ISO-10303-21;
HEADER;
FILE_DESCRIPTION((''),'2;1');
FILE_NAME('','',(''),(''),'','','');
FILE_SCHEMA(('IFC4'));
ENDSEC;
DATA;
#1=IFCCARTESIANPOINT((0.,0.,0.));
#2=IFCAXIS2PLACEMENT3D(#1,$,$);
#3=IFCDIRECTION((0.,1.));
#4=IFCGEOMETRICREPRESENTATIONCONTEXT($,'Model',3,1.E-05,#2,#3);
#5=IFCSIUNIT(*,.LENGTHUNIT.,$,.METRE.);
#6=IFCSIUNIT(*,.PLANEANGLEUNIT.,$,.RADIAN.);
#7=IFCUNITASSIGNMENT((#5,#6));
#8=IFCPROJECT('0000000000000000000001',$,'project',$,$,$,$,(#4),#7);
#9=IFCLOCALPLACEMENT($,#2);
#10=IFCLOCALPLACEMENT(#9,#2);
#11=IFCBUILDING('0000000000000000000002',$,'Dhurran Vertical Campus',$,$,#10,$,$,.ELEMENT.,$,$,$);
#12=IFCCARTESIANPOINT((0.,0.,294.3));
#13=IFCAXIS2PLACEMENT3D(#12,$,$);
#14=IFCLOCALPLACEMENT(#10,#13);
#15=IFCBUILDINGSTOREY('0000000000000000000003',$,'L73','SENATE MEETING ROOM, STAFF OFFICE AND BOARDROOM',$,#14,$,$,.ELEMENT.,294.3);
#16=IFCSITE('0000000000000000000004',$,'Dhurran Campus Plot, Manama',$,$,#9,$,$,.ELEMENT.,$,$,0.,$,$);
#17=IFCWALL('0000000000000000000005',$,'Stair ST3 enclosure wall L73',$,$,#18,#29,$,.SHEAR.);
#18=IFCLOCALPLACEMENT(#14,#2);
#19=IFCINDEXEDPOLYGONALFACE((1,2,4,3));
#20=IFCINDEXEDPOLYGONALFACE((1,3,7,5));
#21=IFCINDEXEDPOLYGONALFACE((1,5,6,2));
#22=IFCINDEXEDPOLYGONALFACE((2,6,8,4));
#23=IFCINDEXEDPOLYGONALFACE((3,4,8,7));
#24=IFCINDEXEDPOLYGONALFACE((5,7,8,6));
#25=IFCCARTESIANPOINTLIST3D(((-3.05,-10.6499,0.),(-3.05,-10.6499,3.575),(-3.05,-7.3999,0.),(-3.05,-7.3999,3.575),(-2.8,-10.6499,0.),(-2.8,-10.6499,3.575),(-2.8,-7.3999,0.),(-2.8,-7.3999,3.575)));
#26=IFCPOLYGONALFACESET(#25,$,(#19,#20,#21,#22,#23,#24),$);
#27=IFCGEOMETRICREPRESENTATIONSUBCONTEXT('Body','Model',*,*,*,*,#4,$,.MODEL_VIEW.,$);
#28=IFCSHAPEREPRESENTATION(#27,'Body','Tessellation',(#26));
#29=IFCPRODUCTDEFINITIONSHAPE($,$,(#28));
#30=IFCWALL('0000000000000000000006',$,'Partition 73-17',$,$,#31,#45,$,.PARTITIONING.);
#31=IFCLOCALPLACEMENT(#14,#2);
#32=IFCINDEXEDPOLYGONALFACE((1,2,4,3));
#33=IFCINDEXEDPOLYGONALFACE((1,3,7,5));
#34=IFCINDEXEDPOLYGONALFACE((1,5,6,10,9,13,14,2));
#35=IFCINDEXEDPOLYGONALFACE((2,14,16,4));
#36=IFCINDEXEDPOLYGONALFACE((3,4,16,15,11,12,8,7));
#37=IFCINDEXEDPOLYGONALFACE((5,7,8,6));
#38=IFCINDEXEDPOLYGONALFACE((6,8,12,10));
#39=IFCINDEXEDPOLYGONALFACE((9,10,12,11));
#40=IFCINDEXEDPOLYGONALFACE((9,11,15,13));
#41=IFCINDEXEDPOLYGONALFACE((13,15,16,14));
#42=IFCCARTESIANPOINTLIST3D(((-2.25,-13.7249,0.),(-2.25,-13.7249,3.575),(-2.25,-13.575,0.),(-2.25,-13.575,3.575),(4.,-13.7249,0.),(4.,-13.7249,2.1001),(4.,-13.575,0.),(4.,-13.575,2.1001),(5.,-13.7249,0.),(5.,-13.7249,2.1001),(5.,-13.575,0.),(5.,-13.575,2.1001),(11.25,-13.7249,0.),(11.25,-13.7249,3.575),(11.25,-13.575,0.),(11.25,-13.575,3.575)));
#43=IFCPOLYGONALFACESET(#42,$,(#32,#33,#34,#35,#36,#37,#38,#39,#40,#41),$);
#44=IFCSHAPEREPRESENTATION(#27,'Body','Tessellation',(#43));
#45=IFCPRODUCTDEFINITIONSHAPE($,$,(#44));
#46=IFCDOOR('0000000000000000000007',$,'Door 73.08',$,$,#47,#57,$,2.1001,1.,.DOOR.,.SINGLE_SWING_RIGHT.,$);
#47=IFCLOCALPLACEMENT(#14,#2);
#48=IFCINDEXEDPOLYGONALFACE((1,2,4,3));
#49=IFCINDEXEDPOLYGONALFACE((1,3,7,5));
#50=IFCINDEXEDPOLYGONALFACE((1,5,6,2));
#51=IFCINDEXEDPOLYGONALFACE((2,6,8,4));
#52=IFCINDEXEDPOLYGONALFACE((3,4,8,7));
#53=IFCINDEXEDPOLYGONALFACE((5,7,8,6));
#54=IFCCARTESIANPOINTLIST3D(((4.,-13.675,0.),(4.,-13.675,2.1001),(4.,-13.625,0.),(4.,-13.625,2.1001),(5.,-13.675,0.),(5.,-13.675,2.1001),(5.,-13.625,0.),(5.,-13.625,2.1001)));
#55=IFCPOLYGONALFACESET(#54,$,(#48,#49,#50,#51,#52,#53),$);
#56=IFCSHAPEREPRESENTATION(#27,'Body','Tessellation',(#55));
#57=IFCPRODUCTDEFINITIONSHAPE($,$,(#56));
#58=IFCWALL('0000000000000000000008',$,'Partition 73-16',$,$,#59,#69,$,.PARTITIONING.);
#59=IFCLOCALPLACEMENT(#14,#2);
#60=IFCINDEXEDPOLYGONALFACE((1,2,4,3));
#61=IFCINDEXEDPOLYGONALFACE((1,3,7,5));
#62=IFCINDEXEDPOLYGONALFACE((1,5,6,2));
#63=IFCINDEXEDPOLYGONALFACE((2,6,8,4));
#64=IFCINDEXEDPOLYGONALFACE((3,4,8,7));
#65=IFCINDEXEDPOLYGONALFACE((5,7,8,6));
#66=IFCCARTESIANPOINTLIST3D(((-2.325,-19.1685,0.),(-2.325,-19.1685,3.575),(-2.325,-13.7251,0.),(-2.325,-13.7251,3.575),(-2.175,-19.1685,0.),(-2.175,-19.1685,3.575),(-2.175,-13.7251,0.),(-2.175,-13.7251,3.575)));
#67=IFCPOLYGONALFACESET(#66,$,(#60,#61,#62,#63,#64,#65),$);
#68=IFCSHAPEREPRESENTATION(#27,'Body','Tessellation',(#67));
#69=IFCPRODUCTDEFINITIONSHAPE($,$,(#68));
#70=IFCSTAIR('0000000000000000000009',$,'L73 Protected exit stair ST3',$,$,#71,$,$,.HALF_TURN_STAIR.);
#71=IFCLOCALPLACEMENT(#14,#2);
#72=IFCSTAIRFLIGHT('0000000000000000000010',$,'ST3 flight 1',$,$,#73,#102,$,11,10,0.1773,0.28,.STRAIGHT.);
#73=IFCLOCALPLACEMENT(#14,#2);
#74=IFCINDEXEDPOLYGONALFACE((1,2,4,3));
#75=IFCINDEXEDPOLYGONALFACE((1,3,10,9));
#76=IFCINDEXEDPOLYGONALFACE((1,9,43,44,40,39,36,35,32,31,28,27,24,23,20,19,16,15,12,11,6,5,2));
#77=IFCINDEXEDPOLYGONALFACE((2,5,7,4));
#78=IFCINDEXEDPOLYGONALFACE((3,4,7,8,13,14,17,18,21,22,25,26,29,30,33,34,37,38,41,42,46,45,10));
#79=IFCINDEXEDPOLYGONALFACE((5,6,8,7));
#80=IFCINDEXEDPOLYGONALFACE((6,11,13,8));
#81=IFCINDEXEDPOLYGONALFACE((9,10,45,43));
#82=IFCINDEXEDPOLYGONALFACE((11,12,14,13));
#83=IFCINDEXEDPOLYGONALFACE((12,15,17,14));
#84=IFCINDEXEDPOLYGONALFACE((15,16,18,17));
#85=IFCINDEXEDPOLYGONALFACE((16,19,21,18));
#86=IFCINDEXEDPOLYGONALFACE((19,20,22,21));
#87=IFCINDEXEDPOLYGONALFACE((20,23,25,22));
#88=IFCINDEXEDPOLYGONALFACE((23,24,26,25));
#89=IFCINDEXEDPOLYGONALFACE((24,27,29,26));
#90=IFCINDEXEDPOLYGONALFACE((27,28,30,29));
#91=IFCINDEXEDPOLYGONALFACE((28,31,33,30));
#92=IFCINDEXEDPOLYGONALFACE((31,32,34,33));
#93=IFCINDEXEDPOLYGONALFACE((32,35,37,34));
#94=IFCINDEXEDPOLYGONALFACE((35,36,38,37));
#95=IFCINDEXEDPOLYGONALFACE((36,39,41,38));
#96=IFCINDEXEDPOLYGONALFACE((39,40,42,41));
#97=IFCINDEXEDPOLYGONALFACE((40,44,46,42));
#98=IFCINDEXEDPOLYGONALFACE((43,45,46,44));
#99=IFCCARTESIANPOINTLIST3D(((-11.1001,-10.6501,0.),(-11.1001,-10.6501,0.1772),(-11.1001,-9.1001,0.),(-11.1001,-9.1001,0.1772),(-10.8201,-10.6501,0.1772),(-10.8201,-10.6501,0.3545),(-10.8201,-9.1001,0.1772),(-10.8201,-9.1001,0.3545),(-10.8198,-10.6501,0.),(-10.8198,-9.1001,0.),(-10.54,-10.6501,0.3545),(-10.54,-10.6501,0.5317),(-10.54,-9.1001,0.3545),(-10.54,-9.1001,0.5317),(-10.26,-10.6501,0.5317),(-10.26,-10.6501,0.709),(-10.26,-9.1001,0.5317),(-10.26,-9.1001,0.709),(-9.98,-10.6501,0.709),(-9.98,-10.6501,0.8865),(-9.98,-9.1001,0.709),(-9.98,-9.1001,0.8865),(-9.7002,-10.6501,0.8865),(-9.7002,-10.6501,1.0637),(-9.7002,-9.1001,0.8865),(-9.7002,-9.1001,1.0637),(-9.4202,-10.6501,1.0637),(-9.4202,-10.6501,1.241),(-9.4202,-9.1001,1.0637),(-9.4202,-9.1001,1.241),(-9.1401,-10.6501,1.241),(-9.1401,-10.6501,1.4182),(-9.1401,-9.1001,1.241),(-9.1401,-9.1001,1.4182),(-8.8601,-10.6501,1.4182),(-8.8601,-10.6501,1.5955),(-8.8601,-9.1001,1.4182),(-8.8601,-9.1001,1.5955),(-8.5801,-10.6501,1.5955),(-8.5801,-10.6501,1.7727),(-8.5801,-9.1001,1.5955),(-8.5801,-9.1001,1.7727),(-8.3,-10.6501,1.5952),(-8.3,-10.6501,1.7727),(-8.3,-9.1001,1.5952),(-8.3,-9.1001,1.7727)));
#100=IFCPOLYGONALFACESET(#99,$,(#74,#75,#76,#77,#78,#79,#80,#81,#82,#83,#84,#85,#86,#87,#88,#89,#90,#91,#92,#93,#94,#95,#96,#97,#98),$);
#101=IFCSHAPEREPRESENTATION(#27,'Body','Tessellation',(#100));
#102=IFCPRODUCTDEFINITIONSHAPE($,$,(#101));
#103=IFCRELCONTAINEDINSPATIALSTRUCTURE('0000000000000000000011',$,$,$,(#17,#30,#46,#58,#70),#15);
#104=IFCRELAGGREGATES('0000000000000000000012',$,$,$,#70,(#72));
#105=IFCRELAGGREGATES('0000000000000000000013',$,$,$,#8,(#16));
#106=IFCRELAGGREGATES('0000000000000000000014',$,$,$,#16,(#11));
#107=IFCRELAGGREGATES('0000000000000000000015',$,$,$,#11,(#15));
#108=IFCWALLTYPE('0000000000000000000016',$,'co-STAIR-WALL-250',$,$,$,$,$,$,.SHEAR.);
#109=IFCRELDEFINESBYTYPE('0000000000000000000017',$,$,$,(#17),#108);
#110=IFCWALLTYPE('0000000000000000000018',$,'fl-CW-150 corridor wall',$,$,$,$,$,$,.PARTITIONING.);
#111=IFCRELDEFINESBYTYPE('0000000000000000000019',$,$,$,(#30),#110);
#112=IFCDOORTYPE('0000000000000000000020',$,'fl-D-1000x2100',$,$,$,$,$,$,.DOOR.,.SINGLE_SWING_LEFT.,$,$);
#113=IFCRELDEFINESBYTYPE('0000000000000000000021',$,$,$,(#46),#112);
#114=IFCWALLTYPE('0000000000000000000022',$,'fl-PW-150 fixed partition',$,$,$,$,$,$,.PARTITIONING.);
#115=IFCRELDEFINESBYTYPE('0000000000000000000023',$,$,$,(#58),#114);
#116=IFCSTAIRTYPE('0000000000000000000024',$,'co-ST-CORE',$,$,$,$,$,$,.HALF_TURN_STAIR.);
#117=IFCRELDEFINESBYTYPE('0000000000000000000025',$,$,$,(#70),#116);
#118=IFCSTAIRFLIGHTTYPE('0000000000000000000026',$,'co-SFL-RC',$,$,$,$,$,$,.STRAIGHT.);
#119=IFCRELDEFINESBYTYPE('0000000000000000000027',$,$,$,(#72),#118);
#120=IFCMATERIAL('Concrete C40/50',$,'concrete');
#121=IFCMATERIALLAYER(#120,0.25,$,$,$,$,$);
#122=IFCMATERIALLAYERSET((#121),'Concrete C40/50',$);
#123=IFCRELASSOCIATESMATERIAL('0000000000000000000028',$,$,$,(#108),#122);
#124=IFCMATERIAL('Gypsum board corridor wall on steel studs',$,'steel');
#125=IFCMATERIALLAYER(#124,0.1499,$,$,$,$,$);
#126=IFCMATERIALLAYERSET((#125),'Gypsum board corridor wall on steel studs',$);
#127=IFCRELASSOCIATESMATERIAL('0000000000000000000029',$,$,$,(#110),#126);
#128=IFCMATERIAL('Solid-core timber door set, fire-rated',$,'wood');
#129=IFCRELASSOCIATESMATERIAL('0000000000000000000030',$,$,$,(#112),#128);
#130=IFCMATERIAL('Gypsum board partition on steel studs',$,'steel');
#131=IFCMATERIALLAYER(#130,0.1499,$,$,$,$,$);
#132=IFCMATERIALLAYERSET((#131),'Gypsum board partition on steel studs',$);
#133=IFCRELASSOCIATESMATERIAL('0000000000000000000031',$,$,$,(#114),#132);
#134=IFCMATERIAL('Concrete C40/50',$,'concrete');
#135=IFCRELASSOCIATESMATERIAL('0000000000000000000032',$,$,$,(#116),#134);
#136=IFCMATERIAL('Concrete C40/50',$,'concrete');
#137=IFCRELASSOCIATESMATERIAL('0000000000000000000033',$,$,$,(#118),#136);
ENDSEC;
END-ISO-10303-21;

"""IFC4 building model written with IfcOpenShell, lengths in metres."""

from ifc_helpers import new_model, si_unit, direction, frame, frame_2d, origin, place, context, subcontext, project, spatial, polyline, rectangle, outline, extrude, material, layer, layer_set, type_object, element, fill, aggregate, save


model = new_model("IFC4")

# Units and contexts
model_context = context("Model", 3, precision=1e-05, world=origin(), true_north=direction((0.0, 1.0)))
body_context = subcontext(model_context, "Body", "Model", "MODEL_VIEW")
ifc_project = project(units=[si_unit("LENGTHUNIT", "METRE"), si_unit("PLANEANGLEUNIT", "RADIAN")], contexts=[model_context])

# Site, building, storey
site_placement = place(None, origin())
site = spatial("IfcSite", under=ifc_project, at=site_placement, Name="Dhurran Campus Plot, Manama", CompositionType="ELEMENT", RefElevation=0.0)
building_placement = place(site_placement, origin())
building = spatial("IfcBuilding", under=site, at=building_placement, Name="Dhurran Vertical Campus", CompositionType="ELEMENT")
storey_placement = place(building_placement, frame((0.0, 0.0, 294.3)))
storey = spatial("IfcBuildingStorey", under=building, at=storey_placement, Name="L73", Description="SENATE MEETING ROOM, STAFF OFFICE AND BOARDROOM", CompositionType="ELEMENT", Elevation=294.3)

# Wall
ifc_material_1 = material(Name="Concrete C40/50", Category="concrete")
ifc_layer_1 = layer(ifc_material_1, 0.25)
ifc_layer_set_1 = layer_set([ifc_layer_1], Name="Concrete C40/50")
wall_type_1 = type_object("IfcWallType", Name="co-STAIR-WALL-250", PredefinedType="SHEAR", material=ifc_layer_set_1)
wall_1_placement = place(storey_placement, frame((-2.925, -10.6499, 0.0), z_axis=(0.0, 0.0, 1.0), x_axis=(0.0, 1.0, 0.0)))
element("IfcWall", 1, at=wall_1_placement, inside=storey, type_object=wall_type_1, Name="Stair ST3 enclosure wall L73", PredefinedType="SHEAR", context=body_context, shape_type="SweptSolid", body=[
    extrude(rectangle(XDim=3.25, YDim=0.25, at=frame_2d((1.625, 0.0))), origin(), (0.0, 0.0, 1.0), 3.575),
])

# Wall, opening, door
ifc_material_2 = material(Name="Gypsum board corridor wall on steel studs", Category="steel")
ifc_layer_2 = layer(ifc_material_2, 0.1499)
ifc_layer_set_2 = layer_set([ifc_layer_2], Name="Gypsum board corridor wall on steel studs")
wall_type_2 = type_object("IfcWallType", Name="fl-CW-150 corridor wall", PredefinedType="PARTITIONING", material=ifc_layer_set_2)
wall_2_placement = place(storey_placement, frame((-2.25, -13.6499, 0.0), z_axis=(0.0, 0.0, 1.0), x_axis=(1.0, 0.0, 0.0)))
wall_2 = element("IfcWall", 2, at=wall_2_placement, inside=storey, type_object=wall_type_2, Name="Partition 73-17", PredefinedType="PARTITIONING", context=body_context, shape_type="SweptSolid", body=[
    extrude(rectangle(XDim=13.5, YDim=0.1499, at=frame_2d((6.75, 0.0))), origin(), (0.0, 0.0, 1.0), 3.575),
])
opening_1_placement = place(wall_2_placement, frame((6.25, 0.0, 0.0)))
opening_1 = element("IfcOpeningElement", 3, at=opening_1_placement, cuts=wall_2, PredefinedType="OPENING", context=body_context, shape_type="SweptSolid", body=[
    extrude(rectangle(XDim=1.0, YDim=2.1001, at=frame_2d((0.5, 1.05))), frame((0.0, 0.085, 0.0), z_axis=(0.0, -1.0, 0.0), x_axis=(1.0, 0.0, 0.0)), (0.0, 0.0, 1.0), 0.1699),
])
ifc_material_3 = material(Name="Solid-core timber door set, fire-rated", Category="wood")
door_type_1 = type_object("IfcDoorType", Name="fl-D-1000x2100", OperationType="SINGLE_SWING_LEFT", PredefinedType="DOOR", material=ifc_material_3)
door_1_placement = place(opening_1_placement, origin())
door_1 = element("IfcDoor", 4, at=door_1_placement, inside=storey, type_object=door_type_1, Name="Door 73.08", OperationType="SINGLE_SWING_RIGHT", OverallHeight=2.1001, OverallWidth=1.0, PredefinedType="DOOR", context=body_context, shape_type="SweptSolid", body=[
    extrude(rectangle(XDim=1.0, YDim=2.1001, at=frame_2d((0.5, 1.05))), frame((0.0, 0.0249, 0.0), z_axis=(0.0, -1.0, 0.0), x_axis=(1.0, 0.0, 0.0)), (0.0, 0.0, 1.0), 0.05),
])
fill(opening_1, door_1)

# Wall
ifc_material_4 = material(Name="Gypsum board partition on steel studs", Category="steel")
ifc_layer_3 = layer(ifc_material_4, 0.1499)
ifc_layer_set_3 = layer_set([ifc_layer_3], Name="Gypsum board partition on steel studs")
wall_type_3 = type_object("IfcWallType", Name="fl-PW-150 fixed partition", PredefinedType="PARTITIONING", material=ifc_layer_set_3)
wall_3_placement = place(storey_placement, frame((-2.25, -13.7251, 0.0), z_axis=(0.0, 0.0, 1.0), x_axis=(0.0, -1.0, 0.0)))
element("IfcWall", 5, at=wall_3_placement, inside=storey, type_object=wall_type_3, Name="Partition 73-16", PredefinedType="PARTITIONING", context=body_context, shape_type="SweptSolid", body=[
    extrude(rectangle(XDim=5.4434, YDim=0.1499, at=frame_2d((2.7217, 0.0))), origin(), (0.0, 0.0, 1.0), 3.575),
])

# Stair, stair flight
ifc_material_5 = material(Name="Concrete C40/50", Category="concrete")
stair_type = type_object("IfcStairType", Name="co-ST-CORE", PredefinedType="HALF_TURN_STAIR", material=ifc_material_5)
stair_placement = place(storey_placement, origin())
stair = element("IfcStair", 6, at=stair_placement, inside=storey, type_object=stair_type, Name="L73 Protected exit stair ST3", PredefinedType="HALF_TURN_STAIR")
ifc_material_6 = material(Name="Concrete C40/50", Category="concrete")
stair_flight_type = type_object("IfcStairFlightType", Name="co-SFL-RC", PredefinedType="STRAIGHT", material=ifc_material_6)
stair_flight_placement = place(storey_placement, frame((-11.1001, -9.875, 0.0), z_axis=(0.0, 0.0, 1.0), x_axis=(1.0, 0.0, 0.0)))
stair_flight = element("IfcStairFlight", 7, at=stair_flight_placement, type_object=stair_flight_type, Name="ST3 flight 1", NumberOfRisers=11, NumberOfTreads=10, PredefinedType="STRAIGHT", RiserHeight=0.1773, TreadLength=0.28, context=body_context, shape_type="SweptSolid", body=[
    extrude(outline(polyline([(0.0, 0.0), (0.0, 0.1772), (0.28, 0.1772), (0.28, 0.3545), (0.5601, 0.3545), (0.5601, 0.5317), (0.8401, 0.5317), (0.8401, 0.709), (1.1201, 0.709), (1.1201, 0.8865), (1.3999, 0.8865), (1.3999, 1.0637), (1.6799, 1.0637), (1.6799, 1.241), (1.96, 1.241), (1.96, 1.4182), (2.24, 1.4182), (2.24, 1.5955), (2.52, 1.5955), (2.52, 1.7727), (2.8, 1.7727), (2.8, 1.95), (2.8, 1.5952), (0.2803, 0.0), (0.0, 0.0)])), frame((0.0, 0.7749, 0.0), z_axis=(0.0, -1.0, 0.0), x_axis=(1.0, 0.0, 0.0)), (0.0, 0.0, 1.0), 1.55),
])
aggregate(stair, [stair_flight])

save(model, "model.ifc")
